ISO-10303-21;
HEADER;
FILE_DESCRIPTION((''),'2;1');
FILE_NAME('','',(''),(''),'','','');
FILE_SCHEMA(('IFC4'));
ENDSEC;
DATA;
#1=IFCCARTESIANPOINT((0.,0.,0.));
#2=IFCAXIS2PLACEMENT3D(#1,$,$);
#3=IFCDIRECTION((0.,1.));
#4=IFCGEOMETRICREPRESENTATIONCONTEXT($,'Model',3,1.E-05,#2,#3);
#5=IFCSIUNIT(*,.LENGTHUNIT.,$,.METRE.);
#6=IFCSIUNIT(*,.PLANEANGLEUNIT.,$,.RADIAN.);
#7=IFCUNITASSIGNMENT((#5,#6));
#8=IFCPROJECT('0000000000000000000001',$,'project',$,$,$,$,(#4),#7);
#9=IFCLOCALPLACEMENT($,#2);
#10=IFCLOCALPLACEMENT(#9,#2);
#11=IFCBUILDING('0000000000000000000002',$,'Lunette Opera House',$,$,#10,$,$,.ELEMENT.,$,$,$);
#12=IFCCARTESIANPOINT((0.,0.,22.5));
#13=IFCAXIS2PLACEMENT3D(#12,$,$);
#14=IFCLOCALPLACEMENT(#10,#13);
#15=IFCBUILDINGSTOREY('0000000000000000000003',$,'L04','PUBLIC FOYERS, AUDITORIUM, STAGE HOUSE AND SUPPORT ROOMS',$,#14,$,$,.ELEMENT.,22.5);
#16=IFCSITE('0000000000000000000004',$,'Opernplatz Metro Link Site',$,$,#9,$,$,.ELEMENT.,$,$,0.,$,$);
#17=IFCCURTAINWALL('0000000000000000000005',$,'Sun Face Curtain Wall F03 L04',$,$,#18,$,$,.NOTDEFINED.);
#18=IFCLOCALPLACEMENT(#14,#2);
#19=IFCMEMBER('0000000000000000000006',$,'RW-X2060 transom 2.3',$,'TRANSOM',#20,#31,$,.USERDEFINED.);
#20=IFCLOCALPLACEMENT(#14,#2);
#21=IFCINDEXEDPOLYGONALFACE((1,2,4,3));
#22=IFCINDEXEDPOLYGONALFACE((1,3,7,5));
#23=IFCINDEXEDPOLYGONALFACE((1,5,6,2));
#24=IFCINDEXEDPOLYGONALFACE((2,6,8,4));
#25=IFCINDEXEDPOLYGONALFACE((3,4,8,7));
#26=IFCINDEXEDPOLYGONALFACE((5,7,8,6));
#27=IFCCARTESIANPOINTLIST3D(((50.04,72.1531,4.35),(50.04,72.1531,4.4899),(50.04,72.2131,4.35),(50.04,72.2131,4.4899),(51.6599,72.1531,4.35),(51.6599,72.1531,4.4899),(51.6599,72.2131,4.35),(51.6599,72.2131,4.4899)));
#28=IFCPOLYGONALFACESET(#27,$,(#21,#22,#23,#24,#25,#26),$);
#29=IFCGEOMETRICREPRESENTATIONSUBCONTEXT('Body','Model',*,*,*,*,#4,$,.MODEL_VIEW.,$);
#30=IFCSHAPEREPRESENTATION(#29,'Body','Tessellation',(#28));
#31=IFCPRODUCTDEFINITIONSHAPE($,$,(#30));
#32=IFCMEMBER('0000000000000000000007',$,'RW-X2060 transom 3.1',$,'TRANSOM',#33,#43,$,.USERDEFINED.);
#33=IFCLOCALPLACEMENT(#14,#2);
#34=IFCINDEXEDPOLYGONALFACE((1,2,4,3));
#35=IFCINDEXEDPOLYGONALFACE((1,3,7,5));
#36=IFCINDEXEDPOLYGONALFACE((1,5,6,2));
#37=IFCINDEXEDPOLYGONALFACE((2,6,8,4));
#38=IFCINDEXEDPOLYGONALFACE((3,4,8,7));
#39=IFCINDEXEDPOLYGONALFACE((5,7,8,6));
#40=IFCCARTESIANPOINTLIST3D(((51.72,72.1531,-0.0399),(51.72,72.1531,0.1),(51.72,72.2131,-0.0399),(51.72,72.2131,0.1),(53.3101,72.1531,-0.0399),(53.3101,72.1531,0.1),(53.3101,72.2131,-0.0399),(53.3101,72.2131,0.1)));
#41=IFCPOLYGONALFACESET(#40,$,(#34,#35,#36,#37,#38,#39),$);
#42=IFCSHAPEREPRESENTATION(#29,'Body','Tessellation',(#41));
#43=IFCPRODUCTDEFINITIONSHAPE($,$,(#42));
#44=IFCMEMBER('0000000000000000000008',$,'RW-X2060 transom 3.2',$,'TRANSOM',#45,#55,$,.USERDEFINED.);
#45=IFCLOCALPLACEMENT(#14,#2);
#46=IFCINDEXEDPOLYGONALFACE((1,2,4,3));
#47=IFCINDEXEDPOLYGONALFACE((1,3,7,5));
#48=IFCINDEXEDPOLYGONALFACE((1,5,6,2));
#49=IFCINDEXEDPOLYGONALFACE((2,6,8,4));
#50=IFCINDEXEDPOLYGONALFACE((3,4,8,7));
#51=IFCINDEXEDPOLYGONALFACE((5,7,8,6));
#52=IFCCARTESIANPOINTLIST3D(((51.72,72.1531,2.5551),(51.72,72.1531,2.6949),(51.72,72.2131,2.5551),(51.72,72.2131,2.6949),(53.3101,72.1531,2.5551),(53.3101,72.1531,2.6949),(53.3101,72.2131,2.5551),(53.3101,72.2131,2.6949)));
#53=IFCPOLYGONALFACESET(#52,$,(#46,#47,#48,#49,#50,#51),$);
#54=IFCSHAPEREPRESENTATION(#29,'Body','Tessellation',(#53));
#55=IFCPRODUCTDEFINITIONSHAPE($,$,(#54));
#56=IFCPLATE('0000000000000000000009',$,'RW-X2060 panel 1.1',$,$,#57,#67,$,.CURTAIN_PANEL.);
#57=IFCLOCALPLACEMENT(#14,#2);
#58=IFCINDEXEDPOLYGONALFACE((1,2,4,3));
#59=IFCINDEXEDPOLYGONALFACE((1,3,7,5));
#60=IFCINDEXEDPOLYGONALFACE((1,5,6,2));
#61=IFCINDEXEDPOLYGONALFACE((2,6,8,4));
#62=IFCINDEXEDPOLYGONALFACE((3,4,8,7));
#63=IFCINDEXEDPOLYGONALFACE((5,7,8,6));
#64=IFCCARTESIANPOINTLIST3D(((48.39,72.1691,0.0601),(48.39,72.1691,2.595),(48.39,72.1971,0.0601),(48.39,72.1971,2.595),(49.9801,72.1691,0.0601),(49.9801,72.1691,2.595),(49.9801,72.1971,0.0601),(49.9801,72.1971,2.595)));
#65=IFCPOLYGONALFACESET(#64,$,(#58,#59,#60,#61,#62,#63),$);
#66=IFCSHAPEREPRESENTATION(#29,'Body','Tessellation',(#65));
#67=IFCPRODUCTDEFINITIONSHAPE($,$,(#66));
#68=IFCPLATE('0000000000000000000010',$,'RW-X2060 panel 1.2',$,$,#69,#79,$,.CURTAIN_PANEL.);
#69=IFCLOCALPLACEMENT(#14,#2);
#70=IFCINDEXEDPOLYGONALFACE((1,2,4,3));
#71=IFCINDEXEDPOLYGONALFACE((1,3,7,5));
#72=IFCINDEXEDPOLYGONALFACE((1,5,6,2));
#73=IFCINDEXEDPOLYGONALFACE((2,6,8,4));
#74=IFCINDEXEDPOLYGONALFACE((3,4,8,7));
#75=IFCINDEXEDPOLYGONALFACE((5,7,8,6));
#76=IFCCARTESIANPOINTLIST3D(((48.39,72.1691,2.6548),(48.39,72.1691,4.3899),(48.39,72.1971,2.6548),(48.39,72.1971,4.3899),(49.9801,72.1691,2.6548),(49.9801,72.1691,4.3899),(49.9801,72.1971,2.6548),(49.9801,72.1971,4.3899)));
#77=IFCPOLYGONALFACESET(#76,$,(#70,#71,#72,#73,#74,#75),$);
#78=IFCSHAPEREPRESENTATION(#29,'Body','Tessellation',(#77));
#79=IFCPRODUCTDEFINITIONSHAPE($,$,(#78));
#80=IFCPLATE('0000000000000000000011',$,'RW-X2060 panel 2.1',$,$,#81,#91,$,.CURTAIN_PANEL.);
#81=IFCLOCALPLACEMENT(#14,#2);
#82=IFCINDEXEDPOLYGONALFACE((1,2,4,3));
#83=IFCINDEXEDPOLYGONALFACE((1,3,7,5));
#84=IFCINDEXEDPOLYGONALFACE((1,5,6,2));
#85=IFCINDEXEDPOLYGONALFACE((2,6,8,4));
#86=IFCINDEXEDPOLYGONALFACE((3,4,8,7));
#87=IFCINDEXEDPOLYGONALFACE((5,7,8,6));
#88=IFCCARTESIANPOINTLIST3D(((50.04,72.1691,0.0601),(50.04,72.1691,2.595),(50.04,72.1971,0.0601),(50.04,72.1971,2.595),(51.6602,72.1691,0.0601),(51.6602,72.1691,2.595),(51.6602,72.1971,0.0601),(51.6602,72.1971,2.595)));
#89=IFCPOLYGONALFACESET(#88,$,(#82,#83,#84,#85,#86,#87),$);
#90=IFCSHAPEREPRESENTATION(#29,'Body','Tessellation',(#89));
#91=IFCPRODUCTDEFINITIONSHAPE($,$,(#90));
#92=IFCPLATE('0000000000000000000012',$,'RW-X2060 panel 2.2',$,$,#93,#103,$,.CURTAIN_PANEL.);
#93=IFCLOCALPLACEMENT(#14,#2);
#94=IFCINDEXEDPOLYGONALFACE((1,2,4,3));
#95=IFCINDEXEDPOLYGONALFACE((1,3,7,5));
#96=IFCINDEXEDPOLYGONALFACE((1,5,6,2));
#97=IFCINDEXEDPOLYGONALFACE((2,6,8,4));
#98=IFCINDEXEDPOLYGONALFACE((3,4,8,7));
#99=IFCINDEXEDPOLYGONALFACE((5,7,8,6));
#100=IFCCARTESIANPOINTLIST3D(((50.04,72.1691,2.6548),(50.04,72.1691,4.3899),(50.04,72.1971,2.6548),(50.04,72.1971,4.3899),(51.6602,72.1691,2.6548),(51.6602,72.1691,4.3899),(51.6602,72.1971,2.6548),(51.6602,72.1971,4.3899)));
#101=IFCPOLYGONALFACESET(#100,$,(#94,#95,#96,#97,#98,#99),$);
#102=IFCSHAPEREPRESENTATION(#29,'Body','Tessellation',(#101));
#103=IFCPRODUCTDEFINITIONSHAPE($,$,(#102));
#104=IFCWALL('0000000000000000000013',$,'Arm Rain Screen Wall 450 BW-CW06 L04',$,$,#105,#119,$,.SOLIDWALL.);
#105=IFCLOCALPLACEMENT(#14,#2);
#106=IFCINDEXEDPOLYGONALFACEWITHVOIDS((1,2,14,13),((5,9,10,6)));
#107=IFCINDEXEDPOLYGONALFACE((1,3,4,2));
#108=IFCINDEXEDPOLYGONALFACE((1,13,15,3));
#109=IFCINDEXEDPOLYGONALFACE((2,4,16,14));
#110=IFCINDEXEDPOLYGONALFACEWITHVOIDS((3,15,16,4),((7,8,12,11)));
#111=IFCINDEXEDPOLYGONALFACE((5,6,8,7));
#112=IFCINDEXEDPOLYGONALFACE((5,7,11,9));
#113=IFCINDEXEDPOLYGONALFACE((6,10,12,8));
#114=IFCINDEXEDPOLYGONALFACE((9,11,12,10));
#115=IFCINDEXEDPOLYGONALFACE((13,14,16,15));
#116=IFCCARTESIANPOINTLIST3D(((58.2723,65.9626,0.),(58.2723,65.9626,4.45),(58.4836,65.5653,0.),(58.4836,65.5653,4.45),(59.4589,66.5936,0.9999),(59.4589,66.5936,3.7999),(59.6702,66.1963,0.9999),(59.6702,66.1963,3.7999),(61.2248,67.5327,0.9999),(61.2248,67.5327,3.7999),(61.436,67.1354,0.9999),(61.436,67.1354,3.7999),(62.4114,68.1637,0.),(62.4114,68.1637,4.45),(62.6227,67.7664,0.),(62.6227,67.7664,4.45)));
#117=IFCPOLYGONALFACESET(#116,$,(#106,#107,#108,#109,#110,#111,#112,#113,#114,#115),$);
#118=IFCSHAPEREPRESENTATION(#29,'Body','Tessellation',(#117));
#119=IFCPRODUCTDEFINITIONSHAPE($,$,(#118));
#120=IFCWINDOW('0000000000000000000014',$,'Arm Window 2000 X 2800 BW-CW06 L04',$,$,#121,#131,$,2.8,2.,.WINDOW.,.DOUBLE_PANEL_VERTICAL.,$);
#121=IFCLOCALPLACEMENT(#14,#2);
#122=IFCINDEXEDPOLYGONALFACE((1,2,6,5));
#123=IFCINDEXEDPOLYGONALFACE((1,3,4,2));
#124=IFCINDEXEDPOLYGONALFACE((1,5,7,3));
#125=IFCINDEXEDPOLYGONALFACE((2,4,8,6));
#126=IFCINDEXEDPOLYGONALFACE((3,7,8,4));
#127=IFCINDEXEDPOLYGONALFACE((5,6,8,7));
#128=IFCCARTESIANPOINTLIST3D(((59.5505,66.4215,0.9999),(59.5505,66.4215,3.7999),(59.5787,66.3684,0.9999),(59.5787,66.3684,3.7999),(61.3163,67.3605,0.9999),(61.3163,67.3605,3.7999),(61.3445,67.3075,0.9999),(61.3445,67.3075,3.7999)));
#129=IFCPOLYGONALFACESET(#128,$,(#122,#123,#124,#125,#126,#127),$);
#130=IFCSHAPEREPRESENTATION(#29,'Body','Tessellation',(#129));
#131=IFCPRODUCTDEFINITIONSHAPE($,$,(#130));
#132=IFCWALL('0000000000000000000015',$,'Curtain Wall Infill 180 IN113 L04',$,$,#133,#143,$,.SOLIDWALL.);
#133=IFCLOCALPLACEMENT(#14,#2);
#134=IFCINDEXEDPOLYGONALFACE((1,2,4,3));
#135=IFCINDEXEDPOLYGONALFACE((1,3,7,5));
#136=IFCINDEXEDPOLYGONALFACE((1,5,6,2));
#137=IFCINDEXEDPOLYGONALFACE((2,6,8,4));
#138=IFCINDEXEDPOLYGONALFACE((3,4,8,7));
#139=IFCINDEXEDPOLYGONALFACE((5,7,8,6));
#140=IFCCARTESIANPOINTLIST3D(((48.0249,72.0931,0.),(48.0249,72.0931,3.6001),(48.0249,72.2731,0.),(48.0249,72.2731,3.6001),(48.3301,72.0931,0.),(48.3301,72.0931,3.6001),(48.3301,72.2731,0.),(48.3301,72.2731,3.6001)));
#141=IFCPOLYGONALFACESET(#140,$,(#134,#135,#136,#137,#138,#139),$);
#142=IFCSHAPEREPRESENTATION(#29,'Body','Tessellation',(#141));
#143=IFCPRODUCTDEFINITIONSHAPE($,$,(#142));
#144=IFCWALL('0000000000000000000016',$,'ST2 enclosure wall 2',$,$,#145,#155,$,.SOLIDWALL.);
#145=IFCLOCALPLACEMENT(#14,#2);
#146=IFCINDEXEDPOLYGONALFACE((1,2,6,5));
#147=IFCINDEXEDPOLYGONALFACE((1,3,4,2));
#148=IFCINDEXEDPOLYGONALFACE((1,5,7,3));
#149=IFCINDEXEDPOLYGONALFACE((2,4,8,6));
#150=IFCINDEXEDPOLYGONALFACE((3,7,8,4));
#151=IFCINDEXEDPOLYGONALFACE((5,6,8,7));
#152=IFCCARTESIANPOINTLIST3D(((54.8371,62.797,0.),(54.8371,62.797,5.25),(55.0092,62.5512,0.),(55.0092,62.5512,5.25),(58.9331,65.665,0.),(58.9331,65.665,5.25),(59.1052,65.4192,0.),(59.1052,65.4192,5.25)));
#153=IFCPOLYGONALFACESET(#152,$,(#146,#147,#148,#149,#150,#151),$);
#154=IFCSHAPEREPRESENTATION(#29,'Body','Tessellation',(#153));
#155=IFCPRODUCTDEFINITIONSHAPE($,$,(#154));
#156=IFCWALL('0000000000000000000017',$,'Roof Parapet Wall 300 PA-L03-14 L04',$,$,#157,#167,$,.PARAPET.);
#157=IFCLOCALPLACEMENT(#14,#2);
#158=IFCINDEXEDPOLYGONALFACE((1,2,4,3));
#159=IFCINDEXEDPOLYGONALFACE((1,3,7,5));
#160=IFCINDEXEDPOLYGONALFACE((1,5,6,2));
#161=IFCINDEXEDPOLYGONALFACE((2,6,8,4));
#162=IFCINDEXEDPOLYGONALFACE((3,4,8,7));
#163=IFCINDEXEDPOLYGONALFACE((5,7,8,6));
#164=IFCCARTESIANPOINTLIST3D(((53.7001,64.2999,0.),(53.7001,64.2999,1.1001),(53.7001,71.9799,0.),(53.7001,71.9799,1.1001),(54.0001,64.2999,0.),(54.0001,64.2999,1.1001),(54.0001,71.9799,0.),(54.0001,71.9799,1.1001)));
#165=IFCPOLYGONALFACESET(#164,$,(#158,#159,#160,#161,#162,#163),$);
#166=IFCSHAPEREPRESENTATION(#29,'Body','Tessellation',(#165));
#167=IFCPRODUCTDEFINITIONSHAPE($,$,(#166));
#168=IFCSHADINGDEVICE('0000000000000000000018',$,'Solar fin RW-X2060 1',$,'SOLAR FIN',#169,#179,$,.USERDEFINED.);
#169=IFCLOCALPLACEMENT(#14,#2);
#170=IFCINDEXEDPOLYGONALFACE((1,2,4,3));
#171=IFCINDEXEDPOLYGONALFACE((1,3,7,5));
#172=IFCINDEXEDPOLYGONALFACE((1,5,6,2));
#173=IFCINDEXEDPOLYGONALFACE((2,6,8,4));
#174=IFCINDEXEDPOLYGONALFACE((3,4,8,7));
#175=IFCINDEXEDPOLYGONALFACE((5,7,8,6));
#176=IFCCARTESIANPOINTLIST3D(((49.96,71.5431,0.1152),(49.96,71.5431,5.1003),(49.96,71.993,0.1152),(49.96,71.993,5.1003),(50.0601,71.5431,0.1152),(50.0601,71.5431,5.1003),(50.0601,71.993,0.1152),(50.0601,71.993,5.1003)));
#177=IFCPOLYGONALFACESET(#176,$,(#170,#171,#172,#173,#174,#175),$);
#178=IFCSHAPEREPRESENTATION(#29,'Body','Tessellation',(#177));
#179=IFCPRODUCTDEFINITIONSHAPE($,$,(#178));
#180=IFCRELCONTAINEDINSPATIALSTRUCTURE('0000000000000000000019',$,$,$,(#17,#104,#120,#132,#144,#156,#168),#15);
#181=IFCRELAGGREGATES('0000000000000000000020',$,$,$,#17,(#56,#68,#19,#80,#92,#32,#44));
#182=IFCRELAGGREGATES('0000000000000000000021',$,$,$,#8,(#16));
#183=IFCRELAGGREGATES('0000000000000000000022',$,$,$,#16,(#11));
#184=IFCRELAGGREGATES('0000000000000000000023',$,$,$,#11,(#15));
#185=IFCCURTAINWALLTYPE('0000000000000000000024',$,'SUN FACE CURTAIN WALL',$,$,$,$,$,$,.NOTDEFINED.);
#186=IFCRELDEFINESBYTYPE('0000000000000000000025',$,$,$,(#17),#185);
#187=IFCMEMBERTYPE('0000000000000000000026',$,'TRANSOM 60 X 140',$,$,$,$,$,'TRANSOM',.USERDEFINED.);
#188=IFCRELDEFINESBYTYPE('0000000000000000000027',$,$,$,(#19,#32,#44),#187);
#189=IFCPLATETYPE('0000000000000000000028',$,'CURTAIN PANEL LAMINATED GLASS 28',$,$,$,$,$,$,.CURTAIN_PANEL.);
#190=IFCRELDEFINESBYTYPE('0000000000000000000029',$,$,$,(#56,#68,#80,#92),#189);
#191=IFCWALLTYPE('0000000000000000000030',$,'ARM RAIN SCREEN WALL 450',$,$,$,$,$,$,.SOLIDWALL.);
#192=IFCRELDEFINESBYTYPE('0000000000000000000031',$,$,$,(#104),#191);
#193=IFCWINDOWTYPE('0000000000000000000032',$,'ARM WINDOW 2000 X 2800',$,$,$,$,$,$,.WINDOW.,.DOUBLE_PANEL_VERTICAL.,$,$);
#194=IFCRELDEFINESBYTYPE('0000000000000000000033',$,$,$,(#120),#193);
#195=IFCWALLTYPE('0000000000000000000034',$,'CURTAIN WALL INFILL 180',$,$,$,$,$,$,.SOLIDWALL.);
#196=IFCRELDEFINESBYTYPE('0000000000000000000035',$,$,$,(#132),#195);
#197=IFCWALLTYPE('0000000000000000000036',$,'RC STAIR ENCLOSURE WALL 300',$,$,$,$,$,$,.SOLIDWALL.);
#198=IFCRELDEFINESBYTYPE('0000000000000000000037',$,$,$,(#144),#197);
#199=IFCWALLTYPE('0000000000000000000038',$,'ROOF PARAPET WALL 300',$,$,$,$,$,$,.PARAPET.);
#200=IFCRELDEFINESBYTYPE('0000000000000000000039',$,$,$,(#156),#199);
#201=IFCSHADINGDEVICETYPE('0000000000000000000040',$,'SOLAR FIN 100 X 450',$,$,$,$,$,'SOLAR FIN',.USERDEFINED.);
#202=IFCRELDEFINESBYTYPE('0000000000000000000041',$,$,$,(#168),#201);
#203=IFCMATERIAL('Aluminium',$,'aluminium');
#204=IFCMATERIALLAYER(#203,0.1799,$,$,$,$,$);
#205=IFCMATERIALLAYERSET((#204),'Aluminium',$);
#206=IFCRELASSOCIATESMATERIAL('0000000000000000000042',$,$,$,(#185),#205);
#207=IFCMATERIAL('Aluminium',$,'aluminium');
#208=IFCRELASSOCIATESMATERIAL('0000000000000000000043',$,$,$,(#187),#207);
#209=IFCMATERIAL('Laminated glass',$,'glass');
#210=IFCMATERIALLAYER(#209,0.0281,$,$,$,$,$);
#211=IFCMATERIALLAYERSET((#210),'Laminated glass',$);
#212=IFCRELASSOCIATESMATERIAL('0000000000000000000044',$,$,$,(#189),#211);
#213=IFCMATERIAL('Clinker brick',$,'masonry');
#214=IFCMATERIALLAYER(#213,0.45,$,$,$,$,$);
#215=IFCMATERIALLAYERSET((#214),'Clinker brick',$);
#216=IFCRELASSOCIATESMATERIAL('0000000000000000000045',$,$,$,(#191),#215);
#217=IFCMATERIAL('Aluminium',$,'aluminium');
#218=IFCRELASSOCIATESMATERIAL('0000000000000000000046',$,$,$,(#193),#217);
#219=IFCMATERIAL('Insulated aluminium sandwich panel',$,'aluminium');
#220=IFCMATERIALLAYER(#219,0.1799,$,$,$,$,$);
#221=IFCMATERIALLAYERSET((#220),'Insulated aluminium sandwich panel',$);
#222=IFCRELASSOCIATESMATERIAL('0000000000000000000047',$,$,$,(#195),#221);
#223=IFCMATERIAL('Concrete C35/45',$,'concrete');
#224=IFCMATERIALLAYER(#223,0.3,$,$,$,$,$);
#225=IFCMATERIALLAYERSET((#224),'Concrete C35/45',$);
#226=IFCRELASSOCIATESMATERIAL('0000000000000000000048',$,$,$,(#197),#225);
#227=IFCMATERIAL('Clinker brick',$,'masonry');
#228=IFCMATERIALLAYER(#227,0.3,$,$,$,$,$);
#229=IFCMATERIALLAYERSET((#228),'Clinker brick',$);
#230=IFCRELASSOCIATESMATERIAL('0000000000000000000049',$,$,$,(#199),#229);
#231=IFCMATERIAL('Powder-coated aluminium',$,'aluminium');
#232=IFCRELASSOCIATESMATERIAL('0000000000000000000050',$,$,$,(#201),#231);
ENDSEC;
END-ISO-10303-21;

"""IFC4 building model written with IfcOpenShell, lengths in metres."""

from ifc_helpers import new_model, si_unit, direction, frame, frame_2d, origin, origin_2d, place, context, subcontext, project, spatial, rectangle, extrude, material, layer, layer_set, material_profile, profile_set, type_object, element, fill, aggregate, save


model = new_model("IFC4")

# Units and contexts
model_context = context("Model", 3, precision=1e-05, world=origin(), true_north=direction((0.0, 1.0)))
body_context = subcontext(model_context, "Body", "Model", "MODEL_VIEW")
ifc_project = project(units=[si_unit("LENGTHUNIT", "METRE"), si_unit("PLANEANGLEUNIT", "RADIAN")], contexts=[model_context])

# Site, building, storey
site_placement = place(None, origin())
site = spatial("IfcSite", under=ifc_project, at=site_placement, Name="Opernplatz Metro Link Site", CompositionType="ELEMENT", RefElevation=0.0)
building_placement = place(site_placement, origin())
building = spatial("IfcBuilding", under=site, at=building_placement, Name="Lunette Opera House", CompositionType="ELEMENT")
storey_placement = place(building_placement, frame((0.0, 0.0, 22.5)))
storey = spatial("IfcBuildingStorey", under=building, at=storey_placement, Name="L04", Description="PUBLIC FOYERS, AUDITORIUM, STAGE HOUSE AND SUPPORT ROOMS", CompositionType="ELEMENT", Elevation=22.5)

# Curtain wall
ifc_material_1 = material(Name="Aluminium", Category="aluminium")
ifc_layer_1 = layer(ifc_material_1, 0.1799)
ifc_layer_set_1 = layer_set([ifc_layer_1], Name="Aluminium")
curtain_wall_type = type_object("IfcCurtainWallType", Name="SUN FACE CURTAIN WALL", PredefinedType="NOTDEFINED", material=ifc_layer_set_1)
curtain_wall_placement = place(storey_placement, origin())
curtain_wall = element("IfcCurtainWall", 1, at=curtain_wall_placement, inside=storey, type_object=curtain_wall_type, Name="Sun Face Curtain Wall F03 L04", PredefinedType="NOTDEFINED")

# Members
ifc_material_2 = material(Name="Aluminium", Category="aluminium")
ifc_material_profile_1 = material_profile(ifc_material_2, rectangle(XDim=0.0601, YDim=0.1399, at=origin_2d()), Name="TRANSOM 60 X 140")
ifc_profile_set_1 = profile_set([ifc_material_profile_1], Name="Aluminium")
member_type_1 = type_object("IfcMemberType", Name="TRANSOM 60 X 140", ElementType="TRANSOM", PredefinedType="USERDEFINED", material=ifc_profile_set_1)
member_1_placement = place(storey_placement, frame((50.04, 72.1831, 4.4199), z_axis=(1.0, 0.0, 0.0), x_axis=(0.0, 1.0, 0.0)))
member_1 = element("IfcMember", 2, at=member_1_placement, type_object=member_type_1, Name="RW-X2060 transom 2.3", ObjectType="TRANSOM", PredefinedType="USERDEFINED", context=body_context, shape_type="SweptSolid", body=[
    extrude(rectangle(XDim=0.0601, YDim=0.1399, at=origin_2d()), origin(), (0.0, 0.0, 1.0), 1.6199),
])
member_2_placement = place(storey_placement, frame((51.72, 72.1831, 0.03), z_axis=(1.0, 0.0, 0.0), x_axis=(0.0, 1.0, 0.0)))
member_2 = element("IfcMember", 3, at=member_2_placement, type_object=member_type_1, Name="RW-X2060 transom 3.1", ObjectType="TRANSOM", PredefinedType="USERDEFINED", context=body_context, shape_type="SweptSolid", body=[
    extrude(rectangle(XDim=0.0601, YDim=0.1399, at=origin_2d()), origin(), (0.0, 0.0, 1.0), 1.5901),
])
member_3_placement = place(storey_placement, frame((51.72, 72.1831, 2.625), z_axis=(1.0, 0.0, 0.0), x_axis=(0.0, 1.0, 0.0)))
member_3 = element("IfcMember", 4, at=member_3_placement, type_object=member_type_1, Name="RW-X2060 transom 3.2", ObjectType="TRANSOM", PredefinedType="USERDEFINED", context=body_context, shape_type="SweptSolid", body=[
    extrude(rectangle(XDim=0.0601, YDim=0.1399, at=origin_2d()), origin(), (0.0, 0.0, 1.0), 1.5901),
])

# Plates
ifc_material_3 = material(Name="Laminated glass", Category="glass")
ifc_layer_2 = layer(ifc_material_3, 0.0281)
ifc_layer_set_2 = layer_set([ifc_layer_2], Name="Laminated glass")
plate_type = type_object("IfcPlateType", Name="CURTAIN PANEL LAMINATED GLASS 28", PredefinedType="CURTAIN_PANEL", material=ifc_layer_set_2)
plate_1_placement = place(storey_placement, frame((49.1851, 72.1831, 0.0601), z_axis=(0.0, 0.0, 1.0), x_axis=(1.0, 0.0, 0.0)))
plate_1 = element("IfcPlate", 5, at=plate_1_placement, type_object=plate_type, Name="RW-X2060 panel 1.1", PredefinedType="CURTAIN_PANEL", context=body_context, shape_type="SweptSolid", body=[
    extrude(rectangle(XDim=1.5901, YDim=0.0281, at=origin_2d()), origin(), (0.0, 0.0, 1.0), 2.5349),
])
plate_2_placement = place(storey_placement, frame((49.1851, 72.1831, 2.6548), z_axis=(0.0, 0.0, 1.0), x_axis=(1.0, 0.0, 0.0)))
plate_2 = element("IfcPlate", 6, at=plate_2_placement, type_object=plate_type, Name="RW-X2060 panel 1.2", PredefinedType="CURTAIN_PANEL", context=body_context, shape_type="SweptSolid", body=[
    extrude(rectangle(XDim=1.5901, YDim=0.0281, at=origin_2d()), origin(), (0.0, 0.0, 1.0), 1.7351),
])
plate_3_placement = place(storey_placement, frame((50.8501, 72.1831, 0.0601), z_axis=(0.0, 0.0, 1.0), x_axis=(1.0, 0.0, 0.0)))
plate_3 = element("IfcPlate", 7, at=plate_3_placement, type_object=plate_type, Name="RW-X2060 panel 2.1", PredefinedType="CURTAIN_PANEL", context=body_context, shape_type="SweptSolid", body=[
    extrude(rectangle(XDim=1.6201, YDim=0.0281, at=origin_2d()), origin(), (0.0, 0.0, 1.0), 2.5349),
])
plate_4_placement = place(storey_placement, frame((50.8501, 72.1831, 2.6548), z_axis=(0.0, 0.0, 1.0), x_axis=(1.0, 0.0, 0.0)))
plate_4 = element("IfcPlate", 8, at=plate_4_placement, type_object=plate_type, Name="RW-X2060 panel 2.2", PredefinedType="CURTAIN_PANEL", context=body_context, shape_type="SweptSolid", body=[
    extrude(rectangle(XDim=1.6201, YDim=0.0281, at=origin_2d()), origin(), (0.0, 0.0, 1.0), 1.7351),
])
aggregate(curtain_wall, [plate_1, plate_2, member_1, plate_3, plate_4, member_2, member_3])

# Wall, opening, window
ifc_material_4 = material(Name="Clinker brick", Category="masonry")
ifc_layer_3 = layer(ifc_material_4, 0.45)
ifc_layer_set_3 = layer_set([ifc_layer_3], Name="Clinker brick")
wall_type_1 = type_object("IfcWallType", Name="ARM RAIN SCREEN WALL 450", PredefinedType="SOLIDWALL", material=ifc_layer_set_3)
wall_1_placement = place(storey_placement, frame((58.3779, 65.7639, 0.0), z_axis=(0.0, 0.0, 1.0), x_axis=(0.882917, 0.469528, 0.0)))
wall_1 = element("IfcWall", 9, at=wall_1_placement, inside=storey, type_object=wall_type_1, Name="Arm Rain Screen Wall 450 BW-CW06 L04", PredefinedType="SOLIDWALL", context=body_context, shape_type="SweptSolid", body=[
    extrude(rectangle(XDim=4.688, YDim=0.45, at=frame_2d((2.344, 0.0))), origin(), (0.0, 0.0, 1.0), 4.45),
])
opening_placement = place(wall_1_placement, frame((1.344, 0.0, 1.0)))
opening = element("IfcOpeningElement", 10, at=opening_placement, cuts=wall_1, PredefinedType="OPENING", context=body_context, shape_type="SweptSolid", body=[
    extrude(rectangle(XDim=2.0, YDim=2.8, at=frame_2d((1.0, 1.3999))), frame((0.0, 0.2371, 0.0), z_axis=(0.0, -1.0, 0.0), x_axis=(1.0, 0.0, 0.0)), (0.0, 0.0, 1.0), 0.4739),
])
ifc_material_5 = material(Name="Aluminium", Category="aluminium")
window_type = type_object("IfcWindowType", Name="ARM WINDOW 2000 X 2800", PartitioningType="DOUBLE_PANEL_VERTICAL", PredefinedType="WINDOW", material=ifc_material_5)
window_placement = place(opening_placement, origin())
window = element("IfcWindow", 11, at=window_placement, inside=storey, type_object=window_type, Name="Arm Window 2000 X 2800 BW-CW06 L04", OverallHeight=2.8, OverallWidth=2.0, PartitioningType="DOUBLE_PANEL_VERTICAL", PredefinedType="WINDOW", context=body_context, shape_type="SweptSolid", body=[
    extrude(rectangle(XDim=2.0, YDim=2.8, at=frame_2d((1.0, 1.3999))), frame((0.0, 0.03, 0.0), z_axis=(0.0, -1.0, 0.0), x_axis=(1.0, 0.0, 0.0)), (0.0, 0.0, 1.0), 0.0601),
])
fill(opening, window)

# Walls
ifc_material_6 = material(Name="Insulated aluminium sandwich panel", Category="aluminium")
ifc_layer_4 = layer(ifc_material_6, 0.1799)
ifc_layer_set_4 = layer_set([ifc_layer_4], Name="Insulated aluminium sandwich panel")
wall_type_2 = type_object("IfcWallType", Name="CURTAIN WALL INFILL 180", PredefinedType="SOLIDWALL", material=ifc_layer_set_4)
wall_2_placement = place(storey_placement, frame((48.3301, 72.1831, 0.0), z_axis=(0.0, 0.0, 1.0), x_axis=(-1.0, 0.0, 0.0)))
element("IfcWall", 12, at=wall_2_placement, inside=storey, type_object=wall_type_2, Name="Curtain Wall Infill 180 IN113 L04", PredefinedType="SOLIDWALL", context=body_context, shape_type="SweptSolid", body=[
    extrude(rectangle(XDim=0.3052, YDim=0.1799, at=frame_2d((0.1526, 0.0))), origin(), (0.0, 0.0, 1.0), 3.6001),
])
ifc_material_7 = material(Name="Concrete C35/45", Category="concrete")
ifc_layer_5 = layer(ifc_material_7, 0.3)
ifc_layer_set_5 = layer_set([ifc_layer_5], Name="Concrete C35/45")
wall_type_3 = type_object("IfcWallType", Name="RC STAIR ENCLOSURE WALL 300", PredefinedType="SOLIDWALL", material=ifc_layer_set_5)
wall_3_placement = place(storey_placement, frame((59.019, 65.542, 0.0), z_axis=(0.0, 0.0, 1.0), x_axis=(-0.819161, -0.573564, 0.0)))
element("IfcWall", 13, at=wall_3_placement, inside=storey, type_object=wall_type_3, Name="ST2 enclosure wall 2", PredefinedType="SOLIDWALL", context=body_context, shape_type="SweptSolid", body=[
    extrude(rectangle(XDim=5.0002, YDim=0.3, at=frame_2d((2.5, 0.0))), origin(), (0.0, 0.0, 1.0), 5.25),
])
ifc_material_8 = material(Name="Clinker brick", Category="masonry")
ifc_layer_6 = layer(ifc_material_8, 0.3)
ifc_layer_set_6 = layer_set([ifc_layer_6], Name="Clinker brick")
wall_type_4 = type_object("IfcWallType", Name="ROOF PARAPET WALL 300", PredefinedType="PARAPET", material=ifc_layer_set_6)
wall_4_placement = place(storey_placement, frame((53.8501, 64.3, 0.0), z_axis=(0.0, 0.0, 1.0), x_axis=(0.0, 1.0, 0.0)))
element("IfcWall", 14, at=wall_4_placement, inside=storey, type_object=wall_type_4, Name="Roof Parapet Wall 300 PA-L03-14 L04", PredefinedType="PARAPET", context=body_context, shape_type="SweptSolid", body=[
    extrude(rectangle(XDim=7.6799, YDim=0.3, at=frame_2d((3.8398, 0.0))), origin(), (0.0, 0.0, 1.0), 1.1001),
])

# Shading device
ifc_material_9 = material(Name="Powder-coated aluminium", Category="aluminium")
shading_device_type = type_object("IfcShadingDeviceType", Name="SOLAR FIN 100 X 450", ElementType="SOLAR FIN", PredefinedType="USERDEFINED", material=ifc_material_9)
for number, where, z_axis, x_axis, name in (
    (15, (50.01, 71.7681, 0.1152), (0.0, 0.0, 1.0), (0.0, -1.0, 0.0), "Solar fin RW-X2060 1"),
):
    element("IfcShadingDevice", number, at=place(storey_placement, frame(where, z_axis=z_axis, x_axis=x_axis)), inside=storey, type_object=shading_device_type, Name=name, ObjectType="SOLAR FIN", PredefinedType="USERDEFINED", context=body_context, shape_type="SweptSolid", body=[
        extrude(rectangle(XDim=0.45, YDim=0.1001, at=origin_2d()), origin(), (0.0, 0.0, 1.0), 4.9851),
    ])

save(model, "model.ifc")
